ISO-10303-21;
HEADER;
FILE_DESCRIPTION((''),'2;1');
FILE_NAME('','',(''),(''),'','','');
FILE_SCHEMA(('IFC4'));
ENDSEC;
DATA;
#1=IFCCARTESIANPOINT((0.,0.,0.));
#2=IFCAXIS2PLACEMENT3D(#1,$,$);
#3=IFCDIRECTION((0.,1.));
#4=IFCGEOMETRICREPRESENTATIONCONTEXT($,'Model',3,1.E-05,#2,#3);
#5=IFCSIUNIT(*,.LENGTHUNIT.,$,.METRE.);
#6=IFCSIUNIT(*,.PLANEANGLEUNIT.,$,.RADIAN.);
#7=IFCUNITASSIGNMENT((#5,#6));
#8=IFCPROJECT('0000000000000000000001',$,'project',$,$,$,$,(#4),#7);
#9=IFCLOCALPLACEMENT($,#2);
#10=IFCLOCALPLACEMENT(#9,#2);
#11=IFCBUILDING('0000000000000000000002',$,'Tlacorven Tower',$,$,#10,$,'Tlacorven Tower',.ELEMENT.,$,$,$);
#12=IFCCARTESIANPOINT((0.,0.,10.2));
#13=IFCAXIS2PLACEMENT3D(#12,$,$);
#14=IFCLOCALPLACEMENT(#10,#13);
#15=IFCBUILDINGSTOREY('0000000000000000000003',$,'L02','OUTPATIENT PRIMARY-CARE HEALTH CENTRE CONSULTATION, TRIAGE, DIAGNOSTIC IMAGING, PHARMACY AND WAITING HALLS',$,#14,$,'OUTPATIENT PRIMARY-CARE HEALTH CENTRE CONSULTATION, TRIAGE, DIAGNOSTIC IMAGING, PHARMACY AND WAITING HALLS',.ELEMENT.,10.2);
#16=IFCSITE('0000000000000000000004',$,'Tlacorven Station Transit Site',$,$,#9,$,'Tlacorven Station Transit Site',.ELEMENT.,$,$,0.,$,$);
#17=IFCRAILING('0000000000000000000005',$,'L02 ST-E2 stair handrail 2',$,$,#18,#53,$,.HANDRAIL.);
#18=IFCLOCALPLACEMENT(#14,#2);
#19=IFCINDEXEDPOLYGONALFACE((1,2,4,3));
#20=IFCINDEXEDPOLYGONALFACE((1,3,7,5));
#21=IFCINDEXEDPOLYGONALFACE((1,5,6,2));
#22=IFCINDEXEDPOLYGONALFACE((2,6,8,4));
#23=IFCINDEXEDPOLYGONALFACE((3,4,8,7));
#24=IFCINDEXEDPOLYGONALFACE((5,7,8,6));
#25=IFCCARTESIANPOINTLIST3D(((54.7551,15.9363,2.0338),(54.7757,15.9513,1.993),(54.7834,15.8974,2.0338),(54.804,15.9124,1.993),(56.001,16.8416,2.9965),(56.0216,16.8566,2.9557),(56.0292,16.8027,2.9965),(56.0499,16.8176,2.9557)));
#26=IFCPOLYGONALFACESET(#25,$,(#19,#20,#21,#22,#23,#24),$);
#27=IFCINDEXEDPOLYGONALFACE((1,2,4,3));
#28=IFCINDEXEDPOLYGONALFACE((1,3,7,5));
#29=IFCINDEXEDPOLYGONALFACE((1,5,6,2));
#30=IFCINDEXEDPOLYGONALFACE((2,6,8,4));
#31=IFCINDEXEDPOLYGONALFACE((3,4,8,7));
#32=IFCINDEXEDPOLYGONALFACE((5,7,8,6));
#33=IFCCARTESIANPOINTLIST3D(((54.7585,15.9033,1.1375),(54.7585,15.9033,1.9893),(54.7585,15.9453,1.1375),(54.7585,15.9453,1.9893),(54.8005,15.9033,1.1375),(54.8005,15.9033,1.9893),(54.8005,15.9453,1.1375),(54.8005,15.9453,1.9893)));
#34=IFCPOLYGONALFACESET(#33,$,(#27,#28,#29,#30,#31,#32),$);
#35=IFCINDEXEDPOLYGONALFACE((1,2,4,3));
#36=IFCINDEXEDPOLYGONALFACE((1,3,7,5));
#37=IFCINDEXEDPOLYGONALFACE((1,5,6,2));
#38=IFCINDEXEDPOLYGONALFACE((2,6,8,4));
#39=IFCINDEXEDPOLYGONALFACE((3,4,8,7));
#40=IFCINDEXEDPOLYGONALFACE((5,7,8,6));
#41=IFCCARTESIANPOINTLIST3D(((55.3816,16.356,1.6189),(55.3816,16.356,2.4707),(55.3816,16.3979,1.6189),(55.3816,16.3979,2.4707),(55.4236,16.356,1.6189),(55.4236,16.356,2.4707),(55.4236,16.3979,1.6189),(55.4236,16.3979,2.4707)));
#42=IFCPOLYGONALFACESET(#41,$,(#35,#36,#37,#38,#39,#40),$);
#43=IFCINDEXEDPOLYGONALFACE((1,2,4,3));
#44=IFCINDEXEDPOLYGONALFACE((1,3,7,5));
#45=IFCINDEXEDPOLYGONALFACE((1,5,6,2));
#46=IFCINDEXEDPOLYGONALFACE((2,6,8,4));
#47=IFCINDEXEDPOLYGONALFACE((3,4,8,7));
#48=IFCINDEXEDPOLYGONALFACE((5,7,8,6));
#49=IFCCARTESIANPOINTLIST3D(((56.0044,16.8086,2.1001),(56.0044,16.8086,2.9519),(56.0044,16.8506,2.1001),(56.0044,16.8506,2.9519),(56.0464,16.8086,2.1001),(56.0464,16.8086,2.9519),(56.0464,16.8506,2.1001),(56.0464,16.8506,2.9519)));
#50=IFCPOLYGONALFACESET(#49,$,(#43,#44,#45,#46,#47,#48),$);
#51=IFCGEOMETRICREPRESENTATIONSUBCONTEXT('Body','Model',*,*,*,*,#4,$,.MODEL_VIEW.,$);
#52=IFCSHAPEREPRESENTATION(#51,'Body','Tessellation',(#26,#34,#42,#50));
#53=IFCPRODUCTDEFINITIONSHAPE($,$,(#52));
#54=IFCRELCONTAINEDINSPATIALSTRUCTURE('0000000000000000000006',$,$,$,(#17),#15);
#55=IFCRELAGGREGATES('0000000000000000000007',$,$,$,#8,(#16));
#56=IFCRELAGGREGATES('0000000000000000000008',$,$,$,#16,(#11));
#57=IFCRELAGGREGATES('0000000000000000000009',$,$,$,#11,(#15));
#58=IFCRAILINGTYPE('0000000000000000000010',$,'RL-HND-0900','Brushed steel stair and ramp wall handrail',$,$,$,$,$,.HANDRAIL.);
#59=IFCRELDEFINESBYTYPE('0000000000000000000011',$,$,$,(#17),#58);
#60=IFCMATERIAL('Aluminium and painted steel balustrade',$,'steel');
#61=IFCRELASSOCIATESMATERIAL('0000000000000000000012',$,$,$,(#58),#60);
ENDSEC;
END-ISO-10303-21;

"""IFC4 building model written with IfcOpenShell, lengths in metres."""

from ifc_helpers import new_model, si_unit, direction, frame, origin, origin_2d, place, context, subcontext, project, spatial, rectangle, extrude, source, transform, mapped, material, type_object, element, save


model = new_model("IFC4")

# Units and contexts
model_context = context("Model", 3, precision=1e-05, world=origin(), true_north=direction((0.0, 1.0)))
body_context = subcontext(model_context, "Body", "Model", "MODEL_VIEW")
ifc_project = project(units=[si_unit("LENGTHUNIT", "METRE"), si_unit("PLANEANGLEUNIT", "RADIAN")], contexts=[model_context])

# Site, building, storey
site_placement = place(None, origin())
site = spatial("IfcSite", under=ifc_project, at=site_placement, Name="Tlacorven Station Transit Site", LongName="Tlacorven Station Transit Site", CompositionType="ELEMENT", RefElevation=0.0)
building_placement = place(site_placement, origin())
building = spatial("IfcBuilding", under=site, at=building_placement, Name="Tlacorven Tower", LongName="Tlacorven Tower", CompositionType="ELEMENT")
storey_placement = place(building_placement, frame((0.0, 0.0, 10.2)))
storey = spatial("IfcBuildingStorey", under=building, at=storey_placement, Name="L02", Description="OUTPATIENT PRIMARY-CARE HEALTH CENTRE CONSULTATION, TRIAGE, DIAGNOSTIC IMAGING, PHARMACY AND WAITING HALLS", LongName="OUTPATIENT PRIMARY-CARE HEALTH CENTRE CONSULTATION, TRIAGE, DIAGNOSTIC IMAGING, PHARMACY AND WAITING HALLS", CompositionType="ELEMENT", Elevation=10.2)

# Railing
ifc_material_1 = material(Name="Aluminium and painted steel balustrade", Category="steel")
railing_type_1 = type_object("IfcRailingType", Name="RL-HND-0900", Description="Brushed steel stair and ramp wall handrail", PredefinedType="HANDRAIL", material=ifc_material_1)
shared_shape_1 = source(origin(), body_context, "Body", "SweptSolid", [
    extrude(rectangle(XDim=0.0481, YDim=0.0481, at=origin_2d()), frame((0.0, 0.0, 0.876), z_axis=(0.685989, 0.498461, 0.530052), x_axis=(-0.587832, 0.808983, 0.0)), (0.0, 0.0, 1.0), 1.8162),
    extrude(rectangle(XDim=0.042, YDim=0.042, at=origin_2d()), origin(), (0.0, 0.0, 1.0), 0.8518),
    extrude(rectangle(XDim=0.042, YDim=0.042, at=origin_2d()), frame((0.623, 0.4526, 0.4814)), (0.0, 0.0, 1.0), 0.8518),
    extrude(rectangle(XDim=0.042, YDim=0.042, at=origin_2d()), frame((1.2458, 0.9053, 0.9626)), (0.0, 0.0, 1.0), 0.8518),
])
railing_1_placement = place(storey_placement, frame((54.7795, 15.9243, 1.1375)))
element("IfcRailing", 1, at=railing_1_placement, inside=storey, type_object=railing_type_1, Name="L02 ST-E2 stair handrail 2", PredefinedType="HANDRAIL", context=body_context, shape_type="MappedRepresentation", body=[
    mapped(shared_shape_1, transform((0.0, 0.0, 0.0), scale=1.0)),
])

save(model, "model.ifc")
